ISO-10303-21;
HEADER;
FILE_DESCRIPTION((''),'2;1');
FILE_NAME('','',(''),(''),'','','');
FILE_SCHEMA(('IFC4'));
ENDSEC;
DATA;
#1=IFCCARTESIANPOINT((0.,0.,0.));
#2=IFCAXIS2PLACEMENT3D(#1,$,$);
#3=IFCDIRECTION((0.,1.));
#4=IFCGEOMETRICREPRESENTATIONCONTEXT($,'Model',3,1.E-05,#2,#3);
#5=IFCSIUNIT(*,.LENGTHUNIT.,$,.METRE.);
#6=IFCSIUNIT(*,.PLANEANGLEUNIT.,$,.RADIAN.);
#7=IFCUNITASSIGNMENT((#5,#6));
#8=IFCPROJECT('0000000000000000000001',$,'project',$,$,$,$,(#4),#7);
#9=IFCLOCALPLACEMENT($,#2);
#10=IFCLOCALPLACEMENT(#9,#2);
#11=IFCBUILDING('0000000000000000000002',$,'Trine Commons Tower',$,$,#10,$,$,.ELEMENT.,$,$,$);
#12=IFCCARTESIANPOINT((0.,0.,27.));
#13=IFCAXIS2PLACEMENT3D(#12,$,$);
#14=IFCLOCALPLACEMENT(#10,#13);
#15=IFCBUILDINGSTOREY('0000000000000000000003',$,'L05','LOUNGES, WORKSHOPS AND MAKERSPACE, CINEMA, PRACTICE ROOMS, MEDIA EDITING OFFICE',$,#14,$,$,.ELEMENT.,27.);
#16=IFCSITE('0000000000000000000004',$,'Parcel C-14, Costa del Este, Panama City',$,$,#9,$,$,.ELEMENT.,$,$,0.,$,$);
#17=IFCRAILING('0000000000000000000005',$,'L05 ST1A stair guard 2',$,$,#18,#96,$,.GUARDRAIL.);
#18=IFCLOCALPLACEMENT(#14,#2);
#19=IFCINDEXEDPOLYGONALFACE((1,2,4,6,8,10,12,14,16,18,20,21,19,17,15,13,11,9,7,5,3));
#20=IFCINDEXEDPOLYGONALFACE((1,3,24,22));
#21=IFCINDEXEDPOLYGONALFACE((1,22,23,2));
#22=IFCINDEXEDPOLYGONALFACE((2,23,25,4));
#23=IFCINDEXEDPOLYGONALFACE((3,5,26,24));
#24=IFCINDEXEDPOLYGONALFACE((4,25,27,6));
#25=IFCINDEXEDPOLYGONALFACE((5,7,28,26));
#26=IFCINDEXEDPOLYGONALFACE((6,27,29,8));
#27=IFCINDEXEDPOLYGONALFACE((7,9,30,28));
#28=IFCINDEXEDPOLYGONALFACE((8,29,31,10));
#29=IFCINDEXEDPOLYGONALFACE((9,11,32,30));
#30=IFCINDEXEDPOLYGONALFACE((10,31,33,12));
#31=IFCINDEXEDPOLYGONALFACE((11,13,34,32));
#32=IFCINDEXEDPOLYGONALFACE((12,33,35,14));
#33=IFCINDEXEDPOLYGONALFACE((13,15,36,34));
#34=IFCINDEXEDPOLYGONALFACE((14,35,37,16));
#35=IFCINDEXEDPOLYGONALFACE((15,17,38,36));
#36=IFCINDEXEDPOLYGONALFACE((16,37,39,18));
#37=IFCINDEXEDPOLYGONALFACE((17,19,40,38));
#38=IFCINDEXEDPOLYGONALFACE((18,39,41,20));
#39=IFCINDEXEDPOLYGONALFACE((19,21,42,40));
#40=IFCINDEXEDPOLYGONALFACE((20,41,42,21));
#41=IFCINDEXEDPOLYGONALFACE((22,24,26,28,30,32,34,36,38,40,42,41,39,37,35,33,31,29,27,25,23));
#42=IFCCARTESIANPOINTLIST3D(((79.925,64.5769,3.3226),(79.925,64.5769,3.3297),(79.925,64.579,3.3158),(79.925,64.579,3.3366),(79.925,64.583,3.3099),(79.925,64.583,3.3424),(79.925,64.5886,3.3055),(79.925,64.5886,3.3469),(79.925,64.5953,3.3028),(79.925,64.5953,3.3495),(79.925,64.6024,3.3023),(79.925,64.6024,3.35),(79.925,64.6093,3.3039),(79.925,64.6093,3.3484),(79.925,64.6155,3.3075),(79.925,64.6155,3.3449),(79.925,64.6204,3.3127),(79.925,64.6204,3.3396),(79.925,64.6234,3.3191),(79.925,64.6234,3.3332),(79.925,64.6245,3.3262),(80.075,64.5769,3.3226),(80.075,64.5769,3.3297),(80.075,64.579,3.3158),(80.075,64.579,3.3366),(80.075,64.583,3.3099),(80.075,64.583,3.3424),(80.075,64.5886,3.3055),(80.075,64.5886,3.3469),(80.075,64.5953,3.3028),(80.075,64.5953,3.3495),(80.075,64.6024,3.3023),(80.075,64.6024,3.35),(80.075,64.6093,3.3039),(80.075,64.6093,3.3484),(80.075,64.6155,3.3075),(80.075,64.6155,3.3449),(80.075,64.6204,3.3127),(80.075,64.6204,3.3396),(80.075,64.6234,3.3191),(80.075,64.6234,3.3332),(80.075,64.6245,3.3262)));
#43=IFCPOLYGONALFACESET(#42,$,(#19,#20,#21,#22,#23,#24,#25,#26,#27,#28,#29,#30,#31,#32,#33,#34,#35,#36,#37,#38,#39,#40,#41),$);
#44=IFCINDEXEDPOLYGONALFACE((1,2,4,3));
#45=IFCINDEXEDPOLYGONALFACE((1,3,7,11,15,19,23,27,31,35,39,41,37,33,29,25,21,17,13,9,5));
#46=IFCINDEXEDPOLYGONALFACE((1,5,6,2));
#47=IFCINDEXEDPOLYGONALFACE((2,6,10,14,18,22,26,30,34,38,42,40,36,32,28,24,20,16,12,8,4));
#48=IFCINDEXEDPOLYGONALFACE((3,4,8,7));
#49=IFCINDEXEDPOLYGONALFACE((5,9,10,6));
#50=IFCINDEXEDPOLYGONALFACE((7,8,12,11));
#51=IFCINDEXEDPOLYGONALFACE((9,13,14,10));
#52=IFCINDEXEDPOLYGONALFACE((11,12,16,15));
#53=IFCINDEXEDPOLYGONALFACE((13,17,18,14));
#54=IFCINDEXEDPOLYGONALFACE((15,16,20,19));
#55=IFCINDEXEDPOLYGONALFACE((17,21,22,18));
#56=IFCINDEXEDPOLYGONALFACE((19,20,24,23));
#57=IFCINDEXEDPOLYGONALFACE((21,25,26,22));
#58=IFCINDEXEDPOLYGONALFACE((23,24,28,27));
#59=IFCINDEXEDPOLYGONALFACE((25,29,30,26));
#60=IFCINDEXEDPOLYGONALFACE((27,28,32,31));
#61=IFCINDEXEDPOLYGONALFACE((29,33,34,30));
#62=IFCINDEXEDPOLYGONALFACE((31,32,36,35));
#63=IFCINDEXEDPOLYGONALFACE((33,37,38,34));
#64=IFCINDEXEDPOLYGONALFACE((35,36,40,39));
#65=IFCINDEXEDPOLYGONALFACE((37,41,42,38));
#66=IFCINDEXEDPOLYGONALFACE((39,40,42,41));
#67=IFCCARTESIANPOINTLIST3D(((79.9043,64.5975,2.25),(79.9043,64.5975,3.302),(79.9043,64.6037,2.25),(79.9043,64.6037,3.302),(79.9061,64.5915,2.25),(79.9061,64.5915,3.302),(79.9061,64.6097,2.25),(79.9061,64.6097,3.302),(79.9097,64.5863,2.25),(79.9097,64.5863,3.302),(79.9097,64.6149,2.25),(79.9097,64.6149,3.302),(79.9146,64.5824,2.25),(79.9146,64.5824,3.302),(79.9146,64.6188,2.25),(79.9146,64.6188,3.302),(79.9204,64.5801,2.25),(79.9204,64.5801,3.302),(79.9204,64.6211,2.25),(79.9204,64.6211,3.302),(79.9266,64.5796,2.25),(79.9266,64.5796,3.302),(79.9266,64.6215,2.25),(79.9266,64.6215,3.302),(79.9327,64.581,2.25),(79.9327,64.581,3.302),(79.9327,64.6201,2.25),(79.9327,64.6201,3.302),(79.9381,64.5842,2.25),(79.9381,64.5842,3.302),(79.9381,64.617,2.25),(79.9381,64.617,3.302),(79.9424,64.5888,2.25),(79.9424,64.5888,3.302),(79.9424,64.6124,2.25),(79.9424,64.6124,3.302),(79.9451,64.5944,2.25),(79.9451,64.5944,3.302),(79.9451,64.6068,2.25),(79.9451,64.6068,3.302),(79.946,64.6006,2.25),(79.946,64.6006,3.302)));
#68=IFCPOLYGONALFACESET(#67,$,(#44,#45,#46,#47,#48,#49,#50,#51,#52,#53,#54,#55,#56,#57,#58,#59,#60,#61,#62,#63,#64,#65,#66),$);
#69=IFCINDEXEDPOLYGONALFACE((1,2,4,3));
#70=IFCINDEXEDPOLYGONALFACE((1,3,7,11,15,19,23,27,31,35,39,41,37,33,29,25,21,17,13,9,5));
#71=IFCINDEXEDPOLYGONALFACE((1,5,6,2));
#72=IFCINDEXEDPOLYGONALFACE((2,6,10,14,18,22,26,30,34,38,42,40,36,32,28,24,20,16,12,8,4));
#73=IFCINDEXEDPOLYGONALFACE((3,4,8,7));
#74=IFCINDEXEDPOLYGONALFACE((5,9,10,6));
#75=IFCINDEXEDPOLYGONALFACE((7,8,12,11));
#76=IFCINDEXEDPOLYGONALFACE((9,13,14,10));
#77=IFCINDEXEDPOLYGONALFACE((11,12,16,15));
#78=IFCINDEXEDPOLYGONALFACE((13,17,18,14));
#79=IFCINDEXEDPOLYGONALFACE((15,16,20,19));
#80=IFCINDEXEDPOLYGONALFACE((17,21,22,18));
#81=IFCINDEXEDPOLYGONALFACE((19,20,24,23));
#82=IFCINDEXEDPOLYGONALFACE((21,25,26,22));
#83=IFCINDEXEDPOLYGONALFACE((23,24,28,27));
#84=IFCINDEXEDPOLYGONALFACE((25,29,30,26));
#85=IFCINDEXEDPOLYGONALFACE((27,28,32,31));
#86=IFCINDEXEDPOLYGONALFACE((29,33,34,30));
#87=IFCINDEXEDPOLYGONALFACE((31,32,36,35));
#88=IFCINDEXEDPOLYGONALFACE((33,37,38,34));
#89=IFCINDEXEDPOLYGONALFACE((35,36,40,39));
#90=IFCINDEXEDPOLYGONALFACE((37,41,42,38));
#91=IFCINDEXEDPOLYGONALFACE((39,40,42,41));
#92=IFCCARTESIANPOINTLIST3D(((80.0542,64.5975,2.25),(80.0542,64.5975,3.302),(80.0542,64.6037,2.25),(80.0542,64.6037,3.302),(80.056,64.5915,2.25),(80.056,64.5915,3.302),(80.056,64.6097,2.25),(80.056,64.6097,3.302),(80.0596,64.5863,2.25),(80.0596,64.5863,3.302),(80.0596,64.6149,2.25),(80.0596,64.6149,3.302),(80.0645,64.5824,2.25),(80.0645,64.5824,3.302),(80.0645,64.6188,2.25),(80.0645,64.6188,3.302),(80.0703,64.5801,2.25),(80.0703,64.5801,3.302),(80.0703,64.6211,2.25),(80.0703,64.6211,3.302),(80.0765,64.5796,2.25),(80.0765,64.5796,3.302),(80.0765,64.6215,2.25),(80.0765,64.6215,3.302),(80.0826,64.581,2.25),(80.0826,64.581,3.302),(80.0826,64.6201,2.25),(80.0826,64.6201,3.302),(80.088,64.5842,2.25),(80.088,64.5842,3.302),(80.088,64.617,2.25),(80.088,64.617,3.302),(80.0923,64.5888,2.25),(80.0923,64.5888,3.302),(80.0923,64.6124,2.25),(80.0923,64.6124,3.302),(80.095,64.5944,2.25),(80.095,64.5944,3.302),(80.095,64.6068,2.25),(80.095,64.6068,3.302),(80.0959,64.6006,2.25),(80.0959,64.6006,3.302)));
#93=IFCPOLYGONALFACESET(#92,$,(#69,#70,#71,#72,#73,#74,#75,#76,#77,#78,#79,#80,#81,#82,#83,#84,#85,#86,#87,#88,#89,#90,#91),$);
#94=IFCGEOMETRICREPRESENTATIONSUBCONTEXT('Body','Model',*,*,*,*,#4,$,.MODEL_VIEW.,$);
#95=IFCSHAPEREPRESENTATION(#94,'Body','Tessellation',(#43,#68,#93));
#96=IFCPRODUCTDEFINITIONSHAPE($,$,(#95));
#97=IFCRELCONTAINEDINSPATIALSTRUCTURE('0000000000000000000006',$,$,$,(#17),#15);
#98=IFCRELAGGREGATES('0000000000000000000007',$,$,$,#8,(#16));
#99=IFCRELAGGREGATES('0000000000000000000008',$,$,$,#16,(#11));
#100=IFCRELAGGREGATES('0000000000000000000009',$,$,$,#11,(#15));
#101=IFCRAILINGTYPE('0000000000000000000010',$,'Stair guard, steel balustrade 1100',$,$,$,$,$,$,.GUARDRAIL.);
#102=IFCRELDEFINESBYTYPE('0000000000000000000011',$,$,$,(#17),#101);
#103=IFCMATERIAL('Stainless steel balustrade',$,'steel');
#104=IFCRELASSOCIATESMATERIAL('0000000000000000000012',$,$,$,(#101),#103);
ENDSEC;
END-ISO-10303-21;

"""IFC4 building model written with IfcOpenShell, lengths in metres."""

from ifc_helpers import new_model, si_unit, direction, frame, origin, origin_2d, place, context, subcontext, project, spatial, circle, extrude, material, type_object, element, save


model = new_model("IFC4")

# Units and contexts
model_context = context("Model", 3, precision=1e-05, world=origin(), true_north=direction((0.0, 1.0)))
body_context = subcontext(model_context, "Body", "Model", "MODEL_VIEW")
ifc_project = project(units=[si_unit("LENGTHUNIT", "METRE"), si_unit("PLANEANGLEUNIT", "RADIAN")], contexts=[model_context])

# Site, building, storey
site_placement = place(None, origin())
site = spatial("IfcSite", under=ifc_project, at=site_placement, Name="Parcel C-14, Costa del Este, Panama City", CompositionType="ELEMENT", RefElevation=0.0)
building_placement = place(site_placement, origin())
building = spatial("IfcBuilding", under=site, at=building_placement, Name="Trine Commons Tower", CompositionType="ELEMENT")
storey_placement = place(building_placement, frame((0.0, 0.0, 27.0)))
storey = spatial("IfcBuildingStorey", under=building, at=storey_placement, Name="L05", Description="LOUNGES, WORKSHOPS AND MAKERSPACE, CINEMA, PRACTICE ROOMS, MEDIA EDITING OFFICE", CompositionType="ELEMENT", Elevation=27.0)

# Railing
ifc_material_1 = material(Name="Stainless steel balustrade", Category="steel")
railing_type_1 = type_object("IfcRailingType", Name="Stair guard, steel balustrade 1100", PredefinedType="GUARDRAIL", material=ifc_material_1)
railing_1_placement = place(storey_placement, frame((79.925, 64.6006, 2.25)))
element("IfcRailing", 1, at=railing_1_placement, inside=storey, type_object=railing_type_1, Name="L05 ST1A stair guard 2", PredefinedType="GUARDRAIL", context=body_context, shape_type="SweptSolid", body=[
    extrude(circle(Radius=0.0239, at=origin_2d()), frame((0.0, 0.0, 1.0762), z_axis=(1.0, 0.0, 0.0), x_axis=(0.0, 1.0, 0.0)), (0.0, 0.0, 1.0), 0.1499),
    extrude(circle(Radius=0.021, at=origin_2d()), origin(), (0.0, 0.0, 1.0), 1.052),
    extrude(circle(Radius=0.021, at=origin_2d()), frame((0.1499, 0.0, 0.0)), (0.0, 0.0, 1.0), 1.052),
])

save(model, "model.ifc")
